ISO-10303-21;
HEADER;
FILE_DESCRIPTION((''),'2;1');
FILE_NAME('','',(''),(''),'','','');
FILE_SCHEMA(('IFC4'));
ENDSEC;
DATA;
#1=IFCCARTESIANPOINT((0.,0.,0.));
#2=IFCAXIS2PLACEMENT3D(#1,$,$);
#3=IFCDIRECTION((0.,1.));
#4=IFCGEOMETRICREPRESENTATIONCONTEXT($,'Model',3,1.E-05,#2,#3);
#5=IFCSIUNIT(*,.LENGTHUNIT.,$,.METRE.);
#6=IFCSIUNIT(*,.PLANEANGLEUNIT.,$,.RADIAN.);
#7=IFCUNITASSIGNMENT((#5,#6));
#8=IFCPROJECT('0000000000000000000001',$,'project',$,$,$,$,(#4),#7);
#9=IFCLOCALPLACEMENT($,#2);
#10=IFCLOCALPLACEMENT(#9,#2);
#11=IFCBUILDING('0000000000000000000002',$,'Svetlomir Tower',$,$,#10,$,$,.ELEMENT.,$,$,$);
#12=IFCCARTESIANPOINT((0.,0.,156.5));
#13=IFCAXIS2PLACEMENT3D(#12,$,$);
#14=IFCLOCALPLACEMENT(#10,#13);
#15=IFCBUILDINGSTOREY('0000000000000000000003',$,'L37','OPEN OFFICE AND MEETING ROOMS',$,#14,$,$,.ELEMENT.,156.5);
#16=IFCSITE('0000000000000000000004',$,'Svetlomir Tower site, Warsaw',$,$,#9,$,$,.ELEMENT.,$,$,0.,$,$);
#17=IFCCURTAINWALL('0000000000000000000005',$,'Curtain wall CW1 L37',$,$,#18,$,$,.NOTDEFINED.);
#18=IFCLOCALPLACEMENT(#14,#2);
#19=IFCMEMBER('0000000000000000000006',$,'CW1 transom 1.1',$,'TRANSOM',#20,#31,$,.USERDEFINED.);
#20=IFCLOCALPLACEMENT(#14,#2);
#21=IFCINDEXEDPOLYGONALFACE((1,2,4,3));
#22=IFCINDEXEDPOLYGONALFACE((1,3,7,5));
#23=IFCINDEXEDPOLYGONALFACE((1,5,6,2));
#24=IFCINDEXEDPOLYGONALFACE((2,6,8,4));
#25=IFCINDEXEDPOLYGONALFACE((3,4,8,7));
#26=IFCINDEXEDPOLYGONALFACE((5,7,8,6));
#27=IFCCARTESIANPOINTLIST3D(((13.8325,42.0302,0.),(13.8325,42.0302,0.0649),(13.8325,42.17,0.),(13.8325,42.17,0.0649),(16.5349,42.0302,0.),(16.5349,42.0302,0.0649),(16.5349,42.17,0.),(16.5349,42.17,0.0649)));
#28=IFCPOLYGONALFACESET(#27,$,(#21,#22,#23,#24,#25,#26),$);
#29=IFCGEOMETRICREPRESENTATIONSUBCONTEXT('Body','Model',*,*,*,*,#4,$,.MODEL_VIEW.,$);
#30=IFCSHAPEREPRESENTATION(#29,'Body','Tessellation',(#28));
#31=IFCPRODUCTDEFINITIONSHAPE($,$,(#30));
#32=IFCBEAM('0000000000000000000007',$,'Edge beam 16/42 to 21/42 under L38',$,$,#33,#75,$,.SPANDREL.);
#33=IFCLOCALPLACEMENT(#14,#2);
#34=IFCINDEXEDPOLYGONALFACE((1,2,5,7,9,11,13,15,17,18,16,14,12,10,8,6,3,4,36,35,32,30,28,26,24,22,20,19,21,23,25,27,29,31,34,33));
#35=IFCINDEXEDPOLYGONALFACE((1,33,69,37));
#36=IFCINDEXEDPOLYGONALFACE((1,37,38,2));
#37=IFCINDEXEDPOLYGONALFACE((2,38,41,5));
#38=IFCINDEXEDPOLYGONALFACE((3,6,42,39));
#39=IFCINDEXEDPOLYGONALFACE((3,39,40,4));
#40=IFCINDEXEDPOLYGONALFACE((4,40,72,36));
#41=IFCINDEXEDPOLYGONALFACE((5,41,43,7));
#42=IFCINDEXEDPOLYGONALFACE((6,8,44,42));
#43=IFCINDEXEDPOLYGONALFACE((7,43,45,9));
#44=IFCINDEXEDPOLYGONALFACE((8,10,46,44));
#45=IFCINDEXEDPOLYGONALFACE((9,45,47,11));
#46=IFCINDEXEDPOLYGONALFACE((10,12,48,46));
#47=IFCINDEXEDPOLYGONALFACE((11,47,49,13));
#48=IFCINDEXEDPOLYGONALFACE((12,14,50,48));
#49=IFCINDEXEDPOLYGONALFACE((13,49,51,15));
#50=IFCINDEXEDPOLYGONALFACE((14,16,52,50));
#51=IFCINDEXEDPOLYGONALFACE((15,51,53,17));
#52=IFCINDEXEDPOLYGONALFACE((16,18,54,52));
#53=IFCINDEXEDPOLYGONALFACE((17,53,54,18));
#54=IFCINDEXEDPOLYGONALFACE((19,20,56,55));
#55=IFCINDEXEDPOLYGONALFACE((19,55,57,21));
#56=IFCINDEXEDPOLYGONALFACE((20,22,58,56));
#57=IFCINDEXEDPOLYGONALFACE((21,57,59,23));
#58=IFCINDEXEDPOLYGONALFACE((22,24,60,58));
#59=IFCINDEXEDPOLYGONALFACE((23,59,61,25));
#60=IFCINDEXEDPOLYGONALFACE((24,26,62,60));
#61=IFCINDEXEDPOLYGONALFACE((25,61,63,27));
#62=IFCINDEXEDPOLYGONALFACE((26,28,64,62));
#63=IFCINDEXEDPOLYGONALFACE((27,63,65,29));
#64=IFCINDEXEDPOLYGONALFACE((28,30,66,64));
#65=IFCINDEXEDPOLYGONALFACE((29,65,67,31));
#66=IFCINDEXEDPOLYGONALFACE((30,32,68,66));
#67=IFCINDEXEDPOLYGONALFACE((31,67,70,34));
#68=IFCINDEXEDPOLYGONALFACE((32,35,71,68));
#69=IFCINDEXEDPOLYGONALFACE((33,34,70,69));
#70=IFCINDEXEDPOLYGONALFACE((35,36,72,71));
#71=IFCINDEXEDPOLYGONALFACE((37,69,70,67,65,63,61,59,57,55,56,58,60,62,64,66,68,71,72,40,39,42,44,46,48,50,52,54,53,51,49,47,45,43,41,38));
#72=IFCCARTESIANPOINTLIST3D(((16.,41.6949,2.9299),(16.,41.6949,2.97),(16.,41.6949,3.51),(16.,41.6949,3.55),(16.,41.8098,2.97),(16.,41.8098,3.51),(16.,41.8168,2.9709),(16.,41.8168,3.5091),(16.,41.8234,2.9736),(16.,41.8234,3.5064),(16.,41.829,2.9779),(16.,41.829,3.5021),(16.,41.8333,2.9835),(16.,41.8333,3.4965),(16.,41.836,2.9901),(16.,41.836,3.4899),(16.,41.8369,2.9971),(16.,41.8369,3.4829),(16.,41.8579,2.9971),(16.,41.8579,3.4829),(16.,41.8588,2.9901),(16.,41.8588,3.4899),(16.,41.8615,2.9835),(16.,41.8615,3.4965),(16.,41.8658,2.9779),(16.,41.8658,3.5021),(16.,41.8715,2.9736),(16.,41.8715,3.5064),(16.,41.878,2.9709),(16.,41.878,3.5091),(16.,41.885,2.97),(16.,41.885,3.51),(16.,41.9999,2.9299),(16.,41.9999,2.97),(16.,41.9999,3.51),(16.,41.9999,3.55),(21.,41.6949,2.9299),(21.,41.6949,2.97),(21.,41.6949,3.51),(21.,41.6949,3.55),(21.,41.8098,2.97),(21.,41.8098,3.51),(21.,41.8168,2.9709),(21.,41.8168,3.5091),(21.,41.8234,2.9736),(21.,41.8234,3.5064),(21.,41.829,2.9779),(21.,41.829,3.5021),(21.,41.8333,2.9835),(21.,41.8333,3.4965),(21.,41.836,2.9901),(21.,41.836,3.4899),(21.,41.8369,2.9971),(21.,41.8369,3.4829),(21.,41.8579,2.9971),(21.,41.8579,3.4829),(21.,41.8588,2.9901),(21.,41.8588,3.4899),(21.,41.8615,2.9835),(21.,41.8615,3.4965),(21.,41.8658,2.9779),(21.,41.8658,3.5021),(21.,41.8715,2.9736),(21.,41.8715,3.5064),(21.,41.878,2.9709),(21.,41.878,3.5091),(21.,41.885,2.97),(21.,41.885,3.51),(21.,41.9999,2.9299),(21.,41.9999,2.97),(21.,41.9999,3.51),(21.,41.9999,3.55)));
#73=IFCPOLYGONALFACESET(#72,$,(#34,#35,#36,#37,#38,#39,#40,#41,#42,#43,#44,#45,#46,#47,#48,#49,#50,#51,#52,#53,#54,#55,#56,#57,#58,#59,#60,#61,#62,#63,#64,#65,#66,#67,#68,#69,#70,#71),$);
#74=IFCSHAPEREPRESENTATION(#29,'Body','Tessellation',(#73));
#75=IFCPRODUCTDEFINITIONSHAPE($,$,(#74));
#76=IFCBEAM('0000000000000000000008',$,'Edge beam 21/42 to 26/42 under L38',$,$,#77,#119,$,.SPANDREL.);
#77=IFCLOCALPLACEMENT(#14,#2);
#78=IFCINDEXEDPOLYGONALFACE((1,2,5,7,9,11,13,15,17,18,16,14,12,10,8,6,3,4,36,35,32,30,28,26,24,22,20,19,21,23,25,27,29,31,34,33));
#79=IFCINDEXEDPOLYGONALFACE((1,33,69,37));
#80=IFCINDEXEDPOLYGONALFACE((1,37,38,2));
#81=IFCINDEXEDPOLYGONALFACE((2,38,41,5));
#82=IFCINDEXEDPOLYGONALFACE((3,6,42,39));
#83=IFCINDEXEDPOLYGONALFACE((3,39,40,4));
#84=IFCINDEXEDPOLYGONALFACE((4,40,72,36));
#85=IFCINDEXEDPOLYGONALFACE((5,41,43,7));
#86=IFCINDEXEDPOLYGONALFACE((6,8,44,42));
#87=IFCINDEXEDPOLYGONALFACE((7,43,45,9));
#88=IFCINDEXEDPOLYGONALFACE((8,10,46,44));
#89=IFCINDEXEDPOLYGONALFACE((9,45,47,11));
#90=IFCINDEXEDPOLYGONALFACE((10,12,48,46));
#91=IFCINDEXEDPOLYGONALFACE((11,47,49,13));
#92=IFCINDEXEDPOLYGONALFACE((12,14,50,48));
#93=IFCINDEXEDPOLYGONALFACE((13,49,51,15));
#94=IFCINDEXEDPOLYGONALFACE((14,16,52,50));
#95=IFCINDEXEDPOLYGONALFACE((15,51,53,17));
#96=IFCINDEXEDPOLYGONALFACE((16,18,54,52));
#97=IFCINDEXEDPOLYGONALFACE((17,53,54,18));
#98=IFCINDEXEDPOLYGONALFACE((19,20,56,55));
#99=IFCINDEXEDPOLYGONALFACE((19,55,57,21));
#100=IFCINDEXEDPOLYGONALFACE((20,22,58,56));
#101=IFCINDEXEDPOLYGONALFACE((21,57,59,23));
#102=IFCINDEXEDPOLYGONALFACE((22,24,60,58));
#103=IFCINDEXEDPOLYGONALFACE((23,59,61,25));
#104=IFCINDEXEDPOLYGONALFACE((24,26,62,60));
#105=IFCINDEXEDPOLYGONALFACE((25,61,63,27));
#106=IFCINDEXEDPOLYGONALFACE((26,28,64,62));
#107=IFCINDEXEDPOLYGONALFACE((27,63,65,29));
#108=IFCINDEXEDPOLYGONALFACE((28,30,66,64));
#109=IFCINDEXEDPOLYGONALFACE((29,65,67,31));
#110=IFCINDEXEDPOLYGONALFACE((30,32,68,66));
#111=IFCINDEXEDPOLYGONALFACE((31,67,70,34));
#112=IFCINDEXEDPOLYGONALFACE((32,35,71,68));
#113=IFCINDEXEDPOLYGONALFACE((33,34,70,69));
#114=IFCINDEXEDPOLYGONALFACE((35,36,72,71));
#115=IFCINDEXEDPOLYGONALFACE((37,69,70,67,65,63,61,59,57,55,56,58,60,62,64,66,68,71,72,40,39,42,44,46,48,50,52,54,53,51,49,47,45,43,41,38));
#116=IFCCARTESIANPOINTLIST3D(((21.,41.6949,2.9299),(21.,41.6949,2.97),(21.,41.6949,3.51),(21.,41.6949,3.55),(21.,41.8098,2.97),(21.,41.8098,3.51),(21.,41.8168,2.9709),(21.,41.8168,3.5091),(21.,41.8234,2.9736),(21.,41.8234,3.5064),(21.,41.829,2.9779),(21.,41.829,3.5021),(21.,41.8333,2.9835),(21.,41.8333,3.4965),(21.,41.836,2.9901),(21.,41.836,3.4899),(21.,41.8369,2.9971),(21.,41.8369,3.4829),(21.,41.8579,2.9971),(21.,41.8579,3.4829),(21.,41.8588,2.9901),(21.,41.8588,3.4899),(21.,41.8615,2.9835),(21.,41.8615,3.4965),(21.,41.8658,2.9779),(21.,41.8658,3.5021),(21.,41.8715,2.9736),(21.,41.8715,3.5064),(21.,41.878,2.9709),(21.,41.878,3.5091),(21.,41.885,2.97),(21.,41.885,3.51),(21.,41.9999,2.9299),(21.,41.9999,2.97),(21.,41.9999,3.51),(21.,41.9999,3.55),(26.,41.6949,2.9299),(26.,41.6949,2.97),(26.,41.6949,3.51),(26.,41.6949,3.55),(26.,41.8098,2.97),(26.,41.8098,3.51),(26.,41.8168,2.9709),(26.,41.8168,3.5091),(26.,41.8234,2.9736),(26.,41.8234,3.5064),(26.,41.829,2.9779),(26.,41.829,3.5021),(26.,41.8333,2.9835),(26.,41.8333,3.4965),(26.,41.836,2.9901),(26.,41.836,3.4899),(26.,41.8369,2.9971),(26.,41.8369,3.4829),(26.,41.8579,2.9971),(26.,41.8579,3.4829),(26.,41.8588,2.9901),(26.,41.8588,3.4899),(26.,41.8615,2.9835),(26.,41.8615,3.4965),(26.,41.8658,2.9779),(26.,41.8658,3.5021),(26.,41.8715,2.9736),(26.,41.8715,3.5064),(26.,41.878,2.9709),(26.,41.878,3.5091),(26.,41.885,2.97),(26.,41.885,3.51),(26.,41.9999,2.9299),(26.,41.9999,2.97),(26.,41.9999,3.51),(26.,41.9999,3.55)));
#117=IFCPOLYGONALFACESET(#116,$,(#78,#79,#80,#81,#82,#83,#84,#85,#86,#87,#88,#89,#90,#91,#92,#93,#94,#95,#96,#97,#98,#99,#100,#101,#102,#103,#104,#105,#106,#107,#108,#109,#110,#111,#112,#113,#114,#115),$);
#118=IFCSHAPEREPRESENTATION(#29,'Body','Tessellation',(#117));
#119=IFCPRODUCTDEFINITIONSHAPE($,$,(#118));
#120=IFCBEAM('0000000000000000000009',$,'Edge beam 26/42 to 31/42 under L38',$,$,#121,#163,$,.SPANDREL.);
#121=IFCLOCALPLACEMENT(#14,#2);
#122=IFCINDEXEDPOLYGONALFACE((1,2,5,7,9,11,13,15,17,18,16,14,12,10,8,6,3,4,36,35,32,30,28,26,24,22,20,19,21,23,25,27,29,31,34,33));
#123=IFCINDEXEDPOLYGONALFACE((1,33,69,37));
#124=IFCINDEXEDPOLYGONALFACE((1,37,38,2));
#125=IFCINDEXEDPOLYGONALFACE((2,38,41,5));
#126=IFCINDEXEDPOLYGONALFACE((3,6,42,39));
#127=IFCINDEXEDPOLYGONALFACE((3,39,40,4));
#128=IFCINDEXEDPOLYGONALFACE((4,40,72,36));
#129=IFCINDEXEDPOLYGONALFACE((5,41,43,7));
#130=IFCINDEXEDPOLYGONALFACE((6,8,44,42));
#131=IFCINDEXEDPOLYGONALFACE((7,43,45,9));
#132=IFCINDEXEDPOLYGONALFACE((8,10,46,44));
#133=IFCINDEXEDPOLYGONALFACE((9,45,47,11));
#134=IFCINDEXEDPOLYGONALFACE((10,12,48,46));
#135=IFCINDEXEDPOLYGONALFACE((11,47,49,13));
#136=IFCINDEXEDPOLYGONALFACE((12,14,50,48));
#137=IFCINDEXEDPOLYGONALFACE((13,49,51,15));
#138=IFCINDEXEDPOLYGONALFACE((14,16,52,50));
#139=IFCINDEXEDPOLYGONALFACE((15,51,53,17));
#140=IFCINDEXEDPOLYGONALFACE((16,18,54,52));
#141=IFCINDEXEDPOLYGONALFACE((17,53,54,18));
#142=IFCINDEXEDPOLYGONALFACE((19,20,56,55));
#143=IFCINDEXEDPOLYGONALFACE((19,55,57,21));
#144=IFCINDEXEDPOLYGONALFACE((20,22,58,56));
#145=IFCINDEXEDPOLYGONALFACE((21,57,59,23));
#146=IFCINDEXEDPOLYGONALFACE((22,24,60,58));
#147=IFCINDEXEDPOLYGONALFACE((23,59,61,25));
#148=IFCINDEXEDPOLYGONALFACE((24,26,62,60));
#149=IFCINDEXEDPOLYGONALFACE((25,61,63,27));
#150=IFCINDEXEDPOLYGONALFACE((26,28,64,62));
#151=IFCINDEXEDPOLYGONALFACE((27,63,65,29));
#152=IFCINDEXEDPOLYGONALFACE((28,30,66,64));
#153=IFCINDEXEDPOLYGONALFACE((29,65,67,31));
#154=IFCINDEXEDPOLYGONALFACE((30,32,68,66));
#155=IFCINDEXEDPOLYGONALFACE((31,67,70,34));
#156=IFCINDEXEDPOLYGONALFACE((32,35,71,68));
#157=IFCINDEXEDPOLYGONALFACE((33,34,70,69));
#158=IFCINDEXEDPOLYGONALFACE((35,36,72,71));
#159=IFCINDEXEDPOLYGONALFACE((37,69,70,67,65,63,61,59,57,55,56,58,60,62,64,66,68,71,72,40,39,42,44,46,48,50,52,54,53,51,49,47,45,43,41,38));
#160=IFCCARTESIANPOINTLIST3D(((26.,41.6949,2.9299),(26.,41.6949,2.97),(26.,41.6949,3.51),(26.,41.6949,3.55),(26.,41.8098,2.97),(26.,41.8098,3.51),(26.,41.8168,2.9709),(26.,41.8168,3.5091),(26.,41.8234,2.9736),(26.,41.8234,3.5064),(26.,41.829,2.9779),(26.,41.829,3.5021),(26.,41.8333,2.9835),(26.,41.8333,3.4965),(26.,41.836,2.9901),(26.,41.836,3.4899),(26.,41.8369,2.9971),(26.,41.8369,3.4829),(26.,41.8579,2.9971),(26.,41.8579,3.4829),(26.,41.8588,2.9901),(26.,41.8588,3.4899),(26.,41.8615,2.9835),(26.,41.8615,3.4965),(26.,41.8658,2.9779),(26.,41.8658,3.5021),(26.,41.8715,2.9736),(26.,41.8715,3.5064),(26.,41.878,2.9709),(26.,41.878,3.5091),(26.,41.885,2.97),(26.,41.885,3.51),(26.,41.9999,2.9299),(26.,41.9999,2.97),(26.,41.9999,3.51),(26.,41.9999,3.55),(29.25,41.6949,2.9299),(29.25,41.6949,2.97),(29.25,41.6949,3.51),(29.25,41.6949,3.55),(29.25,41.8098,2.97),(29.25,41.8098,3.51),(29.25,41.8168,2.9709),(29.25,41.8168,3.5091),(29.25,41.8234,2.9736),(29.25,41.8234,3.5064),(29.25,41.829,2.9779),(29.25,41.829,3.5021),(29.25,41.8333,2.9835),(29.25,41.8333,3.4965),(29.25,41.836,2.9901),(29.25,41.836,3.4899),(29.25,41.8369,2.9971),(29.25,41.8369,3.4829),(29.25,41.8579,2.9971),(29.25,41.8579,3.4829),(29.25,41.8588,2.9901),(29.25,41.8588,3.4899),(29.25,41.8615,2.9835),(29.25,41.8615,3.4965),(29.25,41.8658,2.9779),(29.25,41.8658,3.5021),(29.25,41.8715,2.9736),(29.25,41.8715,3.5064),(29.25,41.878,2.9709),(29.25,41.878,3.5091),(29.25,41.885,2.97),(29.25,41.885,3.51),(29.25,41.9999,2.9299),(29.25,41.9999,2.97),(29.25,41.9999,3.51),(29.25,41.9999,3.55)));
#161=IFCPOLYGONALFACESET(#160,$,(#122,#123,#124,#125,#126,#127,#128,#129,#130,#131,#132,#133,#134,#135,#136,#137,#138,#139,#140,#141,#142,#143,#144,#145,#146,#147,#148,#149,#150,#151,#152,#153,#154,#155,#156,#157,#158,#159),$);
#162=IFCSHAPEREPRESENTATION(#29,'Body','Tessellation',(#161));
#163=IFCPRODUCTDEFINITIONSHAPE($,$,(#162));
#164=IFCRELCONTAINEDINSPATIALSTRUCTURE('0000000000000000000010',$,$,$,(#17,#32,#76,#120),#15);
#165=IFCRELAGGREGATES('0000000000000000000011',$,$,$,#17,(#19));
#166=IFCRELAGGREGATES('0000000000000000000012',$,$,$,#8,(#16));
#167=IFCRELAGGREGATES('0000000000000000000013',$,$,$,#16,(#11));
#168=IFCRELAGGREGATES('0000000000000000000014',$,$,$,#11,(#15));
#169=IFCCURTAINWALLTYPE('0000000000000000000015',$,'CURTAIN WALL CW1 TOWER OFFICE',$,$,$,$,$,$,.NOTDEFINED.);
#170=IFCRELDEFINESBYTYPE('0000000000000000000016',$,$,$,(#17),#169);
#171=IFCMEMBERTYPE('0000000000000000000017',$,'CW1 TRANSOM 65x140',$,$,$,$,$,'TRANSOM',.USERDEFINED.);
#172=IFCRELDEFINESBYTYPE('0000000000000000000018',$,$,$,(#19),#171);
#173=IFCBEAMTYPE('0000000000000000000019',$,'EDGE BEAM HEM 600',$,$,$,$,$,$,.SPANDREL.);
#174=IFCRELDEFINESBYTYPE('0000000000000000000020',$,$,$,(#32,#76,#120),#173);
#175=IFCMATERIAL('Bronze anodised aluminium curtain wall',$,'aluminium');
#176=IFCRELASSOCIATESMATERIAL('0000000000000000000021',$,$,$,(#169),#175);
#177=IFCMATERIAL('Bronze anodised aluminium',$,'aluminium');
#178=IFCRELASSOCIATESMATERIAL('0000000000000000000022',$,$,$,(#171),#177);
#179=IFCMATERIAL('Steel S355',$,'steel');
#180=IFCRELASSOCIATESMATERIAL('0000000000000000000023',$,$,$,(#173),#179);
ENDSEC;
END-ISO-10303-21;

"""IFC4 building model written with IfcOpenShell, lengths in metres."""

from ifc_helpers import new_model, si_unit, direction, frame, origin, origin_2d, place, context, subcontext, project, spatial, rectangle, i_section, extrude, material, material_profile, profile_set, type_object, element, aggregate, save


model = new_model("IFC4")

# Units and contexts
model_context = context("Model", 3, precision=1e-05, world=origin(), true_north=direction((0.0, 1.0)))
body_context = subcontext(model_context, "Body", "Model", "MODEL_VIEW")
ifc_project = project(units=[si_unit("LENGTHUNIT", "METRE"), si_unit("PLANEANGLEUNIT", "RADIAN")], contexts=[model_context])

# Site, building, storey
site_placement = place(None, origin())
site = spatial("IfcSite", under=ifc_project, at=site_placement, Name="Svetlomir Tower site, Warsaw", CompositionType="ELEMENT", RefElevation=0.0)
building_placement = place(site_placement, origin())
building = spatial("IfcBuilding", under=site, at=building_placement, Name="Svetlomir Tower", CompositionType="ELEMENT")
storey_placement = place(building_placement, frame((0.0, 0.0, 156.5)))
storey = spatial("IfcBuildingStorey", under=building, at=storey_placement, Name="L37", Description="OPEN OFFICE AND MEETING ROOMS", CompositionType="ELEMENT", Elevation=156.5)

# Shared definitions
ifc_material_1 = material(Name="Bronze anodised aluminium curtain wall", Category="aluminium")
curtain_wall_type = type_object("IfcCurtainWallType", Name="CURTAIN WALL CW1 TOWER OFFICE", PredefinedType="NOTDEFINED", material=ifc_material_1)

# Curtain wall
curtain_wall_1_placement = place(storey_placement, origin())
curtain_wall_1 = element("IfcCurtainWall", 1, at=curtain_wall_1_placement, inside=storey, type_object=curtain_wall_type, Name="Curtain wall CW1 L37", PredefinedType="NOTDEFINED")

# Member
ifc_material_2 = material(Name="Bronze anodised aluminium", Category="aluminium")
ifc_material_profile_1 = material_profile(ifc_material_2, rectangle(XDim=0.1399, YDim=0.0649, at=origin_2d()), Name="AL 140x65")
ifc_profile_set_1 = profile_set([ifc_material_profile_1], Name="Bronze anodised aluminium 6063-T6")
member_type_1 = type_object("IfcMemberType", Name="CW1 TRANSOM 65x140", ElementType="TRANSOM", PredefinedType="USERDEFINED", material=ifc_profile_set_1)
member_1_placement = place(storey_placement, frame((16.5349, 42.1001, 0.0325), z_axis=(-1.0, 0.0, 0.0), x_axis=(0.0, -1.0, 0.0)))
member_1 = element("IfcMember", 2, at=member_1_placement, type_object=member_type_1, Name="CW1 transom 1.1", ObjectType="TRANSOM", PredefinedType="USERDEFINED", context=body_context, shape_type="SweptSolid", body=[
    extrude(rectangle(XDim=0.1399, YDim=0.0649, at=origin_2d()), origin(), (0.0, 0.0, 1.0), 2.7024),
])

# Beams
ifc_material_3 = material(Name="Steel S355", Category="steel")
ifc_material_profile_2 = material_profile(ifc_material_3, i_section(OverallWidth=0.3049, OverallDepth=0.6201, WebThickness=0.021, FlangeThickness=0.04, FilletRadius=0.0271, at=origin_2d()), Name="HEM 600")
ifc_profile_set_2 = profile_set([ifc_material_profile_2], Name="Steel S355")
beam_type_1 = type_object("IfcBeamType", Name="EDGE BEAM HEM 600", PredefinedType="SPANDREL", material=ifc_profile_set_2)
for number, where, z_axis, x_axis, name in (
    (3, (16.0, 41.8474, 3.24), (1.0, 0.0, 0.0), (0.0, 1.0, 0.0), "Edge beam 16/42 to 21/42 under L38"),
    (4, (21.0, 41.8474, 3.24), (1.0, 0.0, 0.0), (0.0, 1.0, 0.0), "Edge beam 21/42 to 26/42 under L38"),
):
    element("IfcBeam", number, at=place(storey_placement, frame(where, z_axis=z_axis, x_axis=x_axis)), inside=storey, type_object=beam_type_1, Name=name, PredefinedType="SPANDREL", context=body_context, shape_type="SweptSolid", body=[
        extrude(i_section(OverallWidth=0.3049, OverallDepth=0.6201, WebThickness=0.021, FlangeThickness=0.04, FilletRadius=0.0271, at=origin_2d()), origin(), (0.0, 0.0, 1.0), 5.0),
    ])
beam_1_placement = place(storey_placement, frame((26.0, 41.8474, 3.24), z_axis=(1.0, 0.0, 0.0), x_axis=(0.0, 1.0, 0.0)))
element("IfcBeam", 5, at=beam_1_placement, inside=storey, type_object=beam_type_1, Name="Edge beam 26/42 to 31/42 under L38", PredefinedType="SPANDREL", context=body_context, shape_type="SweptSolid", body=[
    extrude(i_section(OverallWidth=0.3049, OverallDepth=0.6201, WebThickness=0.021, FlangeThickness=0.04, FilletRadius=0.0271, at=origin_2d()), origin(), (0.0, 0.0, 1.0), 3.25),
])

aggregate(curtain_wall_1, [member_1])

save(model, "model.ifc")
